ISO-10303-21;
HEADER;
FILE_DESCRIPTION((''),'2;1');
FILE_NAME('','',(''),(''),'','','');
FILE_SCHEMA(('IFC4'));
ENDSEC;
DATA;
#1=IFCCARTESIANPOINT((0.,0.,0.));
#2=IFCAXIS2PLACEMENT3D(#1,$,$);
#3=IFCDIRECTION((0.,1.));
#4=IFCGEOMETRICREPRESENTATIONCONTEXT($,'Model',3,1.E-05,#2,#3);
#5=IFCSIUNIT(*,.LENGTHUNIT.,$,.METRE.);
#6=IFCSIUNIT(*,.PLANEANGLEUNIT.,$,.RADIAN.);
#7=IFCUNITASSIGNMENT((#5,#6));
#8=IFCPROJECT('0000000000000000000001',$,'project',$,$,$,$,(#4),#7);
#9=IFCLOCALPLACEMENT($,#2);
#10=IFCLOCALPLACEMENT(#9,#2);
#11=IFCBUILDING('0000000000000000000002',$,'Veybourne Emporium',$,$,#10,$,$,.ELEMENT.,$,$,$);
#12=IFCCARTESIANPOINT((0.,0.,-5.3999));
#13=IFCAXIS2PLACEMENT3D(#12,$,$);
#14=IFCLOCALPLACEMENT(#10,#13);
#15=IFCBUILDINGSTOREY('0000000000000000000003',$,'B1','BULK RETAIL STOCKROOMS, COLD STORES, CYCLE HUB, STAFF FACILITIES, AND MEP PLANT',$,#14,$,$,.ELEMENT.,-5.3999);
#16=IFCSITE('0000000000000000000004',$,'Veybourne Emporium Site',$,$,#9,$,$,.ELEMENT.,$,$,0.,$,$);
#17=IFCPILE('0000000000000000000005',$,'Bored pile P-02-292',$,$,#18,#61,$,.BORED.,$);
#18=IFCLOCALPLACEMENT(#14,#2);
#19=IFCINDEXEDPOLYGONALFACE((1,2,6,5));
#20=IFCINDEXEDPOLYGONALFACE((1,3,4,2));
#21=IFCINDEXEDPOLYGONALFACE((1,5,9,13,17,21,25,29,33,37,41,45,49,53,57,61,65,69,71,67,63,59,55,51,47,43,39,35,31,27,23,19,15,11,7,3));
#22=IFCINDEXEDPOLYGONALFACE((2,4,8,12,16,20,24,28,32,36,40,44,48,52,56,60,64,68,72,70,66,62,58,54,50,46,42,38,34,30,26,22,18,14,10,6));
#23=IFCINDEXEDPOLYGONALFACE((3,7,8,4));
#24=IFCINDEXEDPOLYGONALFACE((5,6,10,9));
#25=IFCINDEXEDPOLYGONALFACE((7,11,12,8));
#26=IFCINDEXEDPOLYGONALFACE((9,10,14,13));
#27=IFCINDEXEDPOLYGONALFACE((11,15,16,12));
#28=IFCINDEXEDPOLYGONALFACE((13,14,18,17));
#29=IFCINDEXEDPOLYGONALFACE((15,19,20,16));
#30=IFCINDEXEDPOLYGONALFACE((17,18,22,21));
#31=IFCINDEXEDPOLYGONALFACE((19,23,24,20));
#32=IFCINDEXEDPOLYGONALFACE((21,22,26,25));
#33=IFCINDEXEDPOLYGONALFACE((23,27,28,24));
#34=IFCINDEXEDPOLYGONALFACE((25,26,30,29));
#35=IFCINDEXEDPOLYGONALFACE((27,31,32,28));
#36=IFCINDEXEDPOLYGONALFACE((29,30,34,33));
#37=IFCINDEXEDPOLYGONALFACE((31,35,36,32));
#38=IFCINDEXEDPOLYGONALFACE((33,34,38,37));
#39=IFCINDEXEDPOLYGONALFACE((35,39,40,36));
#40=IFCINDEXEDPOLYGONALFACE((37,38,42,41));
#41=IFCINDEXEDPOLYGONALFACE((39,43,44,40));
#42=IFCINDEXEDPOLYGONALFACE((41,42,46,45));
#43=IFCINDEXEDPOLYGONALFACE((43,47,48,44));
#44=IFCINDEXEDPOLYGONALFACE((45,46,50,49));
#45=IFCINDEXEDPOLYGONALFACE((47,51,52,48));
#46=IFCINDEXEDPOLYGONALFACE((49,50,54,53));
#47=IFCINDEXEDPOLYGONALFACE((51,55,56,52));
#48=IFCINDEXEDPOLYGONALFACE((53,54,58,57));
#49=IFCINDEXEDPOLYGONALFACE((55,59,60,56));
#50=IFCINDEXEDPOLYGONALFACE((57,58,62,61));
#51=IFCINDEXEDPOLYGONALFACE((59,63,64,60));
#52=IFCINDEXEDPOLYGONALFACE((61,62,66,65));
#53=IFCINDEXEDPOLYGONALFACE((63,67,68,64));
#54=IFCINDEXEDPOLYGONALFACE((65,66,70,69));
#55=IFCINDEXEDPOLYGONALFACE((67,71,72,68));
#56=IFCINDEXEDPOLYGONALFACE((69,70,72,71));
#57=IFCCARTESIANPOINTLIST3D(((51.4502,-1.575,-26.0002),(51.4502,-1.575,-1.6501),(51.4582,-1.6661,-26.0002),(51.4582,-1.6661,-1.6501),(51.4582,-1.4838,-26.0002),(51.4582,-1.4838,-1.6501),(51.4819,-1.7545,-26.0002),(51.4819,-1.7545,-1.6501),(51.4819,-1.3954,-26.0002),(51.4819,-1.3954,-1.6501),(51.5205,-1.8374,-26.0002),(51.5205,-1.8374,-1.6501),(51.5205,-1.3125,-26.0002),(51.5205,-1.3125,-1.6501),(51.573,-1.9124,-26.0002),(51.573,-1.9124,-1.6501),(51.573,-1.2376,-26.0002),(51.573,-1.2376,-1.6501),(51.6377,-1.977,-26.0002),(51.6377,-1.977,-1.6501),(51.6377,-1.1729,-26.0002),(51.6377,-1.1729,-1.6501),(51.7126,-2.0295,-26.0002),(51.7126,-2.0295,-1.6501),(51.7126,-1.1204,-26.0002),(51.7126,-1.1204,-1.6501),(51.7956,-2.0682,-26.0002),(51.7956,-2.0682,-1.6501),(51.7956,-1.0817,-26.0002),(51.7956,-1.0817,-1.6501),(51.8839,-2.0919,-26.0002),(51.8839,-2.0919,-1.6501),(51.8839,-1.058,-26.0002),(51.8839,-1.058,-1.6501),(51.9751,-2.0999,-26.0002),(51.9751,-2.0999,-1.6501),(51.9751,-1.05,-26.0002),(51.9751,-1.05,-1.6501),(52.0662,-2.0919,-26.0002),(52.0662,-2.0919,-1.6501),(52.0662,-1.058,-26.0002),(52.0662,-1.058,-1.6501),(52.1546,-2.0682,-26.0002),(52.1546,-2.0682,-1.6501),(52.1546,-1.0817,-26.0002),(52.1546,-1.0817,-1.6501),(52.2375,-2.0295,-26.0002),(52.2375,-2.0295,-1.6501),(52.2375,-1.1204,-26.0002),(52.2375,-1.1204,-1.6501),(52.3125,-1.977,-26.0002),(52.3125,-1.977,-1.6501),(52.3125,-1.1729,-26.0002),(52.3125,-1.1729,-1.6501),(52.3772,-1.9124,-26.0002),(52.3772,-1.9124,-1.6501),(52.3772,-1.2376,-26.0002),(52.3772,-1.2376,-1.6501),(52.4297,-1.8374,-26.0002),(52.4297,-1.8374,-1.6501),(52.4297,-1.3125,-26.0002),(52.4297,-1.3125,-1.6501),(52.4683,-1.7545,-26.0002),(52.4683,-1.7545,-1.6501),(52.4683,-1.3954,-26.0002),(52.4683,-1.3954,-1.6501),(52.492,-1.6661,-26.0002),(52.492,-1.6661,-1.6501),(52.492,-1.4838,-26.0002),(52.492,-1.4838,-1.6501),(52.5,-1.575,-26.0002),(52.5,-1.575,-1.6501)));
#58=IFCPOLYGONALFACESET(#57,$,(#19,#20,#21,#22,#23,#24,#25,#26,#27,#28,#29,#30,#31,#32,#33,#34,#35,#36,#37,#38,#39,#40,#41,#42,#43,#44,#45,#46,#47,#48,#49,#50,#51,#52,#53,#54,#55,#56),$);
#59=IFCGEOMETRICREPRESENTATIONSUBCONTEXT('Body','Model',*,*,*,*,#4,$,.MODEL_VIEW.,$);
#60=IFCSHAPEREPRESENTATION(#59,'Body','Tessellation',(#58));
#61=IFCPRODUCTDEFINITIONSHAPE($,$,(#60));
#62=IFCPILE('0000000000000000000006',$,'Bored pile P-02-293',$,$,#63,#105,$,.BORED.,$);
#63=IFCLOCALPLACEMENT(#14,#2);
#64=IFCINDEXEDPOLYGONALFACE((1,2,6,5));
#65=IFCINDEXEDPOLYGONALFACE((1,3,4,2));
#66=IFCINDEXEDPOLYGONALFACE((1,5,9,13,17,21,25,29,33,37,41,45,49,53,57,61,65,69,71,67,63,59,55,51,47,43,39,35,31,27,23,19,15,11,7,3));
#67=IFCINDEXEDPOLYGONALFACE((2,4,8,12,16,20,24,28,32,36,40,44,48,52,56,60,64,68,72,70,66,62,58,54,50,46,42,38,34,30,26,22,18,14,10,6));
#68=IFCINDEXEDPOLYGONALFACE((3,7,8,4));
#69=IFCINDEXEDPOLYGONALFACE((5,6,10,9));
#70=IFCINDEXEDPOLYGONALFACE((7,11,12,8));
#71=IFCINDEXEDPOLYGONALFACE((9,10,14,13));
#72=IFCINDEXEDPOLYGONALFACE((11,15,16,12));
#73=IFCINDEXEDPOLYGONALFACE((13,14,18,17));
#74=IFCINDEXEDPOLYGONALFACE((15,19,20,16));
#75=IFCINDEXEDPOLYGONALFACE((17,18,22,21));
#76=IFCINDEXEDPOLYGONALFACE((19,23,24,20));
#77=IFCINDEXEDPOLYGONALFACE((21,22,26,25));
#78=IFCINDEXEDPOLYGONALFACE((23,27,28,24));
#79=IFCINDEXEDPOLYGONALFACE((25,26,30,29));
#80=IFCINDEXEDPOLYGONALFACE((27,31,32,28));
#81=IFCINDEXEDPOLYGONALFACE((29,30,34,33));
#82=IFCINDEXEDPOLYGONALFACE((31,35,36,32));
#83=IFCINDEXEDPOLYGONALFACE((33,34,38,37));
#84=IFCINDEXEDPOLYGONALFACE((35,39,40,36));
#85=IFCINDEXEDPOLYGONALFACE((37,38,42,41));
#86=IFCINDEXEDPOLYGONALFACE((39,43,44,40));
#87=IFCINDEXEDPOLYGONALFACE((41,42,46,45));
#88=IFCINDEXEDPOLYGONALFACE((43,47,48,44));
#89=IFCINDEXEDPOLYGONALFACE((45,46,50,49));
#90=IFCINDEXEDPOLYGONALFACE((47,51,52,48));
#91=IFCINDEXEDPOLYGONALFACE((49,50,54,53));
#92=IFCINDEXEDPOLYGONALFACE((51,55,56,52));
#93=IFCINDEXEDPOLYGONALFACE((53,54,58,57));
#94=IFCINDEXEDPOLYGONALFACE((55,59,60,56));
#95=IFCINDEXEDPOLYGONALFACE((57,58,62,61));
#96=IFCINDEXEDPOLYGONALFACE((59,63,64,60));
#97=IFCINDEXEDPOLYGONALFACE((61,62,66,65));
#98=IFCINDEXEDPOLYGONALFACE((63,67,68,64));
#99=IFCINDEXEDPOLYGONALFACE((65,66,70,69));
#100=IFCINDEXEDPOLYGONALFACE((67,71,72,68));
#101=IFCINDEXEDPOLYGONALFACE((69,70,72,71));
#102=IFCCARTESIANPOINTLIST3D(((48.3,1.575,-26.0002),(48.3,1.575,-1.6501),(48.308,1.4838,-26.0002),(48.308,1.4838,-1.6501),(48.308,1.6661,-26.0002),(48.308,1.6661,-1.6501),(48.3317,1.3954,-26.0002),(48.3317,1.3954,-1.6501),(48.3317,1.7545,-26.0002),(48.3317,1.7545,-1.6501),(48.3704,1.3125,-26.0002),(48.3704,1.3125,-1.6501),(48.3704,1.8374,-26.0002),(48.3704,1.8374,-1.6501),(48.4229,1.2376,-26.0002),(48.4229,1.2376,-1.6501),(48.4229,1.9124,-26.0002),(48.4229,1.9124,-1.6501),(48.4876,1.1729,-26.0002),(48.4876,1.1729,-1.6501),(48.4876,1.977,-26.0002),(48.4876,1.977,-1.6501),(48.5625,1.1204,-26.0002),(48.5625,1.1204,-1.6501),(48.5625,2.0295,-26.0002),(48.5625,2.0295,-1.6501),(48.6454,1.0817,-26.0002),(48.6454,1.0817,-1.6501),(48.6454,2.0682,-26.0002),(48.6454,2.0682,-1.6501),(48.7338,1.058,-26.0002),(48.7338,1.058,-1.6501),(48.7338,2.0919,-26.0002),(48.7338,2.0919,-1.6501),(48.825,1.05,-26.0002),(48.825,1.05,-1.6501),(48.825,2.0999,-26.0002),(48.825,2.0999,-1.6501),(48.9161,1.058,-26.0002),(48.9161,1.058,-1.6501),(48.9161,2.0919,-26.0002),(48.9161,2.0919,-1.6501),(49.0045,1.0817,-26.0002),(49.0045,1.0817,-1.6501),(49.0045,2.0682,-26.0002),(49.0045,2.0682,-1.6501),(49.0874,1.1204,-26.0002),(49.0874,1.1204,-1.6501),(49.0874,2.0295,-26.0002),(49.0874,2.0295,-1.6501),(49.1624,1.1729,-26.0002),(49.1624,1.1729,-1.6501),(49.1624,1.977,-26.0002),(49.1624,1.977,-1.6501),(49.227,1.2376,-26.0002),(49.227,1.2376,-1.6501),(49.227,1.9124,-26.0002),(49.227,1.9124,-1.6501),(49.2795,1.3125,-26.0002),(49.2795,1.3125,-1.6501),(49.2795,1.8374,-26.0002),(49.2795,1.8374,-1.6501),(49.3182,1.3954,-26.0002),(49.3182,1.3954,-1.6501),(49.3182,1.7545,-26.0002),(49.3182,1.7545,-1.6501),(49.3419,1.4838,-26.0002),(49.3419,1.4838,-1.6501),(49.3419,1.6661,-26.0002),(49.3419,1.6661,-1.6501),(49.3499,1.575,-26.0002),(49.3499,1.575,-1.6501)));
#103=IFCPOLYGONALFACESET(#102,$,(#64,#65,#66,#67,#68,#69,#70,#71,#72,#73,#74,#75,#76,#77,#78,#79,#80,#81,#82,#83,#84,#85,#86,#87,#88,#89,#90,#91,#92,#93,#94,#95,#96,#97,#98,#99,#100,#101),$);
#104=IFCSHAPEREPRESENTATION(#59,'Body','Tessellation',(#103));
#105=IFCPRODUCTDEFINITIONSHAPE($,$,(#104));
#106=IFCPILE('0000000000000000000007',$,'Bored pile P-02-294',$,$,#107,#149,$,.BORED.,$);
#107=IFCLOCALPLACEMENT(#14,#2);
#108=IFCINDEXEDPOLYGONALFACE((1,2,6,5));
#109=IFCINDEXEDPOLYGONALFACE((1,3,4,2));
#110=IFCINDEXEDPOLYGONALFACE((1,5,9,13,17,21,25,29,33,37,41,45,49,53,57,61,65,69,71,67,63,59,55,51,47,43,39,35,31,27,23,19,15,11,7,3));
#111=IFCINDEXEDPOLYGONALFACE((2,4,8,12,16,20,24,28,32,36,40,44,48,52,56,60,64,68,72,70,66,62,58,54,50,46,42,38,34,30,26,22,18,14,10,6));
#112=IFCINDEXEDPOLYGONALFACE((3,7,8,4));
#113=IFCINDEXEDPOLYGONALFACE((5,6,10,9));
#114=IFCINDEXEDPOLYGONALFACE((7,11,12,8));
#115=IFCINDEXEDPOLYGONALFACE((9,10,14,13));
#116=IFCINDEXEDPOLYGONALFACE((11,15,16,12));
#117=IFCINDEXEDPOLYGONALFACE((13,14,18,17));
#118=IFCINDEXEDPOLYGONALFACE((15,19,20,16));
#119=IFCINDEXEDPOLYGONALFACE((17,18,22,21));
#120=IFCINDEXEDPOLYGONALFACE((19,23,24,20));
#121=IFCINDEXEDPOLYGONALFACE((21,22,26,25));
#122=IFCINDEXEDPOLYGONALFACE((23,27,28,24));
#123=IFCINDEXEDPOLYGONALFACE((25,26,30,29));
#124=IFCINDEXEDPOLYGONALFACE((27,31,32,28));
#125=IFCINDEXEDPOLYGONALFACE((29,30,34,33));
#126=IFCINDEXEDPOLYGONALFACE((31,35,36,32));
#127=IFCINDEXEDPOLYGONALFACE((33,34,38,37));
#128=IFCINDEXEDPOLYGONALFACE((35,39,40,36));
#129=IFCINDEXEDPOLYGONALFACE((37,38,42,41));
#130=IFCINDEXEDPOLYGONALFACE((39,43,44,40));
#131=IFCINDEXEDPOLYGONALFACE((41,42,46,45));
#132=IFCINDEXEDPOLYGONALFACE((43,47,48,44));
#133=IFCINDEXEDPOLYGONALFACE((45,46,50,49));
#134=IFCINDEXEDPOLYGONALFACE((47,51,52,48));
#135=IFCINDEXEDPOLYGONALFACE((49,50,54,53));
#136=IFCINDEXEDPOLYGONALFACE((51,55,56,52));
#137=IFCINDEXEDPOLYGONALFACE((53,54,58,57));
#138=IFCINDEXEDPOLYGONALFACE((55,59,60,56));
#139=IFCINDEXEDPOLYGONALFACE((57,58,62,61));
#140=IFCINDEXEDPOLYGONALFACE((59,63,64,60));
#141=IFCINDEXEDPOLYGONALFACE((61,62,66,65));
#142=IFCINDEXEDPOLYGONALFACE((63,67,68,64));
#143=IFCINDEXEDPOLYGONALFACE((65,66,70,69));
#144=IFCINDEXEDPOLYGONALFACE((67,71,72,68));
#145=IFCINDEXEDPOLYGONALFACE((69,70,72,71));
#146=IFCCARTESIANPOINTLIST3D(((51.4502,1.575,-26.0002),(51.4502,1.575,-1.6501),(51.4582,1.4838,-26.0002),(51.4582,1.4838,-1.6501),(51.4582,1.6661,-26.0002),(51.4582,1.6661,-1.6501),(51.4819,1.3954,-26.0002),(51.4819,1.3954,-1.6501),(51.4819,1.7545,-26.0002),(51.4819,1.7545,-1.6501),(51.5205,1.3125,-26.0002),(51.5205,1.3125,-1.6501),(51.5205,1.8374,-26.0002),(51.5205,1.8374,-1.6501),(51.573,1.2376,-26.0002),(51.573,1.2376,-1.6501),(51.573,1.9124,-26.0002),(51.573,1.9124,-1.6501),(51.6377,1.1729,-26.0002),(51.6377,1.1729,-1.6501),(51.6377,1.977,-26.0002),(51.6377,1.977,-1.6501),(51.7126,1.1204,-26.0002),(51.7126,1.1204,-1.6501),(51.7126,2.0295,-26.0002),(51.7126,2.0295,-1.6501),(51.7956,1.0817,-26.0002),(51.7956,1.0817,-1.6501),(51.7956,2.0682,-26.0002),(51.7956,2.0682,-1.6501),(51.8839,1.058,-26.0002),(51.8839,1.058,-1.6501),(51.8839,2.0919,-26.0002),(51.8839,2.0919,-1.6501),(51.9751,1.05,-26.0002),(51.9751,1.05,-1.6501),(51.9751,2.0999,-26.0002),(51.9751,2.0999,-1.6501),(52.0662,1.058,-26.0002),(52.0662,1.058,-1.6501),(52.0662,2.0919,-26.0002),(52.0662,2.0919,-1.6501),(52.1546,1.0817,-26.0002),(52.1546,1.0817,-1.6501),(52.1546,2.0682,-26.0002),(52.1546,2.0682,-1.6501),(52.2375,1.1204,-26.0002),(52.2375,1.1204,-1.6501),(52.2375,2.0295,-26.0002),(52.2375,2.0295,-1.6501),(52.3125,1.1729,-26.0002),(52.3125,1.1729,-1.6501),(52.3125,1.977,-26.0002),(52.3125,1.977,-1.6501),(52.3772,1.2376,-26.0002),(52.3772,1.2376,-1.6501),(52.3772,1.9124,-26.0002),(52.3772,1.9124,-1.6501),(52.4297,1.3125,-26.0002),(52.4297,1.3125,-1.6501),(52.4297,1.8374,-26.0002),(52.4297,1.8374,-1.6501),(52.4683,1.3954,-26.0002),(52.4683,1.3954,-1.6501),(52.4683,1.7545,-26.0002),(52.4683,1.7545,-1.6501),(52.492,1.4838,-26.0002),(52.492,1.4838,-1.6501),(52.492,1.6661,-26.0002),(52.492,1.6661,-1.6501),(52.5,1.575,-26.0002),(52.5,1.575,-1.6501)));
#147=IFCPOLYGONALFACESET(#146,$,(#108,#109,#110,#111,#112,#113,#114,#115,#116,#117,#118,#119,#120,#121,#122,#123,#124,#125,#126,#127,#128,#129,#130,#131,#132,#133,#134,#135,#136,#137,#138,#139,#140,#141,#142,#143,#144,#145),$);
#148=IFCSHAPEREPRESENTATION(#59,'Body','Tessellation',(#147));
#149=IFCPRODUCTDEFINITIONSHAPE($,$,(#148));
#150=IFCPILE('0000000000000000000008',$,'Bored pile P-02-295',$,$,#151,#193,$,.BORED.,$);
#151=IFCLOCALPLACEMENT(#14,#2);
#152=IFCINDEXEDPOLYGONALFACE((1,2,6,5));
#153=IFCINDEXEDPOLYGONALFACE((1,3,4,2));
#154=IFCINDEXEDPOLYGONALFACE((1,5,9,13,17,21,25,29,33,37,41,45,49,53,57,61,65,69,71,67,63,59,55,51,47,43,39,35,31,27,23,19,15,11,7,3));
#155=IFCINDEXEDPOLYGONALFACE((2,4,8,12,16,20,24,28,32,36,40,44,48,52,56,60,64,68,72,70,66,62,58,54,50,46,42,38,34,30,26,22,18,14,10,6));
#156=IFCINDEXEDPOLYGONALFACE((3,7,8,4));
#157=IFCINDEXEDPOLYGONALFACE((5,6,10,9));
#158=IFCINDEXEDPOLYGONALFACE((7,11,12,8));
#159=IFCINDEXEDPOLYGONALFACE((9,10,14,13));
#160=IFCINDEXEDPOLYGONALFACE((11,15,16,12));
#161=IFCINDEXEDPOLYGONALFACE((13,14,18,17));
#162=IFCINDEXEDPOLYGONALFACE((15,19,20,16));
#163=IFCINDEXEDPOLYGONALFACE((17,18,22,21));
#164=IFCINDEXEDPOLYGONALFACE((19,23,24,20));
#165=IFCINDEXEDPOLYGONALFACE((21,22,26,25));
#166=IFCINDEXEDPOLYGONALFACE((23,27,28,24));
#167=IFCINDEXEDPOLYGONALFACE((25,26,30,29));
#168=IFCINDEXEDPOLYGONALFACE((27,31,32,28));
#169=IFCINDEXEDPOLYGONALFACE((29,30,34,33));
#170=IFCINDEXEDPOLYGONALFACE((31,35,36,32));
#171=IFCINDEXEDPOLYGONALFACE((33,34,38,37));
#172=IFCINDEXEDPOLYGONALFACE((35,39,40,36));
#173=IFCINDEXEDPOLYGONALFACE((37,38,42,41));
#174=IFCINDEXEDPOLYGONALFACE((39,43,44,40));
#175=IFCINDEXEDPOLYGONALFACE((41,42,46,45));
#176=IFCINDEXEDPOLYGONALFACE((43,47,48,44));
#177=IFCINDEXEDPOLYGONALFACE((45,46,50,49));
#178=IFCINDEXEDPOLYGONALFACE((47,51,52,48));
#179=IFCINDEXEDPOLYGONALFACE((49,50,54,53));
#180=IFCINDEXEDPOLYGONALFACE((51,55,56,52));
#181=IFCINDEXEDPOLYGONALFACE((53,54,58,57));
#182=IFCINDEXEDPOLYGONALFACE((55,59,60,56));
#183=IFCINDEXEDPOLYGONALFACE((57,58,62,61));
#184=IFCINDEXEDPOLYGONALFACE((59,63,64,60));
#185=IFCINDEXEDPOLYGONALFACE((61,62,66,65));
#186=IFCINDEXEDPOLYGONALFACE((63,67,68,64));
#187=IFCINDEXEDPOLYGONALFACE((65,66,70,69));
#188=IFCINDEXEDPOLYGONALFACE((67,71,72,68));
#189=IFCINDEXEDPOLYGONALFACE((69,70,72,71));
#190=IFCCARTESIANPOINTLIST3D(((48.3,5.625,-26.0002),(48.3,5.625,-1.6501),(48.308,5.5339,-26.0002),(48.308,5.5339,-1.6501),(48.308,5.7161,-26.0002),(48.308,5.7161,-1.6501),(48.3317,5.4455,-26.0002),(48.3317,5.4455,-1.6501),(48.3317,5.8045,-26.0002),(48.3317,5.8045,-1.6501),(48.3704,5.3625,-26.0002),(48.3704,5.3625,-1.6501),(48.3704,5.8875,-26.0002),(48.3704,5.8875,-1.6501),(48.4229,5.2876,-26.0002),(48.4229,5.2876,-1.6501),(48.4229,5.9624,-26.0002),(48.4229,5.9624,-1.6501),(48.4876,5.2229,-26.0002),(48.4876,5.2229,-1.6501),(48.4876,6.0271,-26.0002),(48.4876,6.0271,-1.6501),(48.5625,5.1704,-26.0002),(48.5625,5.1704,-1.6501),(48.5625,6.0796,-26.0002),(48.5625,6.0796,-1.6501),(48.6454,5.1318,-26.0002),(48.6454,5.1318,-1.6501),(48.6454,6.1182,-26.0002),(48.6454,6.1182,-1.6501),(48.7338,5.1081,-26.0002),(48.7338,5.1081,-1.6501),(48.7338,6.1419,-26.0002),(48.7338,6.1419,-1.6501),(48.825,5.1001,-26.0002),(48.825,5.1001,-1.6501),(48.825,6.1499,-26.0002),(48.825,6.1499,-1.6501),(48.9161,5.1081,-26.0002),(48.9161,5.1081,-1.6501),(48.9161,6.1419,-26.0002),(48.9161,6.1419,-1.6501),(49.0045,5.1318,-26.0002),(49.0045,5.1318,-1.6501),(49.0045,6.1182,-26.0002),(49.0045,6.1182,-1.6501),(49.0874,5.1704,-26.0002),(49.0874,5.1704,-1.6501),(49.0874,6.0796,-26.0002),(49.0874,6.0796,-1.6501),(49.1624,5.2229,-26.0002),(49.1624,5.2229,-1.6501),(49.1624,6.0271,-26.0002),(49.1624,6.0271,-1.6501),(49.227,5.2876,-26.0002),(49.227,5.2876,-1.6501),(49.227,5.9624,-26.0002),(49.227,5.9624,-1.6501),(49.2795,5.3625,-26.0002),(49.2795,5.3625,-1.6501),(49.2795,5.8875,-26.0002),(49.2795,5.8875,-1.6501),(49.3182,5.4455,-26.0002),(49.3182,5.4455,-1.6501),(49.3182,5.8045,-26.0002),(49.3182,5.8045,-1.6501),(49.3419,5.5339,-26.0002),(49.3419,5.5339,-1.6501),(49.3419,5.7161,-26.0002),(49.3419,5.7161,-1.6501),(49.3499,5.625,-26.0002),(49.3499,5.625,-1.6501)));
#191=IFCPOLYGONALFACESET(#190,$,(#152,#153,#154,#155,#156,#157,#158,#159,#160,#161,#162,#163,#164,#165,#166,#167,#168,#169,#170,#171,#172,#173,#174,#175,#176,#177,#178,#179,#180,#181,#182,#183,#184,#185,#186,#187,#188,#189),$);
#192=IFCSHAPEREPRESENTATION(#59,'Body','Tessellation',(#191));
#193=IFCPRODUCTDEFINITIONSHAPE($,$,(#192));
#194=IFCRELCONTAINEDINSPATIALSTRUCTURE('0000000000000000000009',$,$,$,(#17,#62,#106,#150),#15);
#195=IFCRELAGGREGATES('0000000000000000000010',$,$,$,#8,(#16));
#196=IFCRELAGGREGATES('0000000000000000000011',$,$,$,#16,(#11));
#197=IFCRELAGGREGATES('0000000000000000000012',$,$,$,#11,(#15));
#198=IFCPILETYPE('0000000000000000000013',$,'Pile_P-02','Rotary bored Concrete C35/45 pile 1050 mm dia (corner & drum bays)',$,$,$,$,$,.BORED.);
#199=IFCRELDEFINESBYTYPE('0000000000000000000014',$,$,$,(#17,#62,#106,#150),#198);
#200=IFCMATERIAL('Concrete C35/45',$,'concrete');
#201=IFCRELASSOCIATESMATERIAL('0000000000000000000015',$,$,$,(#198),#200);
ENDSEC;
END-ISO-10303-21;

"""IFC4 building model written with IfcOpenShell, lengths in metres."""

from ifc_helpers import new_model, si_unit, direction, frame, origin, origin_2d, place, context, subcontext, project, spatial, circle, extrude, material, material_profile, profile_set, type_object, element, save


model = new_model("IFC4")

# Units and contexts
model_context = context("Model", 3, precision=1e-05, world=origin(), true_north=direction((0.0, 1.0)))
body_context = subcontext(model_context, "Body", "Model", "MODEL_VIEW")
ifc_project = project(units=[si_unit("LENGTHUNIT", "METRE"), si_unit("PLANEANGLEUNIT", "RADIAN")], contexts=[model_context])

# Site, building, storey
site_placement = place(None, origin())
site = spatial("IfcSite", under=ifc_project, at=site_placement, Name="Veybourne Emporium Site", CompositionType="ELEMENT", RefElevation=0.0)
building_placement = place(site_placement, origin())
building = spatial("IfcBuilding", under=site, at=building_placement, Name="Veybourne Emporium", CompositionType="ELEMENT")
storey_placement = place(building_placement, frame((0.0, 0.0, -5.3999)))
storey = spatial("IfcBuildingStorey", under=building, at=storey_placement, Name="B1", Description="BULK RETAIL STOCKROOMS, COLD STORES, CYCLE HUB, STAFF FACILITIES, AND MEP PLANT", CompositionType="ELEMENT", Elevation=-5.3999)

# Shared definitions
ifc_material_1 = material(Name="Concrete C35/45", Category="concrete")

# Piles
ifc_material_profile_1 = material_profile(ifc_material_1, circle(Radius=0.5249, at=origin_2d()), Name="BORED PILE 1050")
ifc_profile_set_1 = profile_set([ifc_material_profile_1], Name="Concrete C35/45")
pile_type_1 = type_object("IfcPileType", Name="Pile_P-02", Description="Rotary bored Concrete C35/45 pile 1050 mm dia (corner & drum bays)", PredefinedType="BORED", material=ifc_profile_set_1)
for number, where, z_axis, x_axis, name in (
    (1, (51.9751, -1.575, -1.6501), (0.0, 0.0, -1.0), (1.0, 0.0, 0.0), "Bored pile P-02-292"),
    (2, (48.825, 1.575, -1.6501), (0.0, 0.0, -1.0), (1.0, 0.0, 0.0), "Bored pile P-02-293"),
    (3, (51.9751, 1.575, -1.6501), (0.0, 0.0, -1.0), (1.0, 0.0, 0.0), "Bored pile P-02-294"),
    (4, (48.825, 5.625, -1.6501), (0.0, 0.0, -1.0), (1.0, 0.0, 0.0), "Bored pile P-02-295"),
):
    element("IfcPile", number, at=place(storey_placement, frame(where, z_axis=z_axis, x_axis=x_axis)), inside=storey, type_object=pile_type_1, Name=name, PredefinedType="BORED", context=body_context, shape_type="SweptSolid", body=[
        extrude(circle(Radius=0.5249, at=origin_2d()), origin(), (0.0, 0.0, 1.0), 24.3501),
    ])

save(model, "model.ifc")
